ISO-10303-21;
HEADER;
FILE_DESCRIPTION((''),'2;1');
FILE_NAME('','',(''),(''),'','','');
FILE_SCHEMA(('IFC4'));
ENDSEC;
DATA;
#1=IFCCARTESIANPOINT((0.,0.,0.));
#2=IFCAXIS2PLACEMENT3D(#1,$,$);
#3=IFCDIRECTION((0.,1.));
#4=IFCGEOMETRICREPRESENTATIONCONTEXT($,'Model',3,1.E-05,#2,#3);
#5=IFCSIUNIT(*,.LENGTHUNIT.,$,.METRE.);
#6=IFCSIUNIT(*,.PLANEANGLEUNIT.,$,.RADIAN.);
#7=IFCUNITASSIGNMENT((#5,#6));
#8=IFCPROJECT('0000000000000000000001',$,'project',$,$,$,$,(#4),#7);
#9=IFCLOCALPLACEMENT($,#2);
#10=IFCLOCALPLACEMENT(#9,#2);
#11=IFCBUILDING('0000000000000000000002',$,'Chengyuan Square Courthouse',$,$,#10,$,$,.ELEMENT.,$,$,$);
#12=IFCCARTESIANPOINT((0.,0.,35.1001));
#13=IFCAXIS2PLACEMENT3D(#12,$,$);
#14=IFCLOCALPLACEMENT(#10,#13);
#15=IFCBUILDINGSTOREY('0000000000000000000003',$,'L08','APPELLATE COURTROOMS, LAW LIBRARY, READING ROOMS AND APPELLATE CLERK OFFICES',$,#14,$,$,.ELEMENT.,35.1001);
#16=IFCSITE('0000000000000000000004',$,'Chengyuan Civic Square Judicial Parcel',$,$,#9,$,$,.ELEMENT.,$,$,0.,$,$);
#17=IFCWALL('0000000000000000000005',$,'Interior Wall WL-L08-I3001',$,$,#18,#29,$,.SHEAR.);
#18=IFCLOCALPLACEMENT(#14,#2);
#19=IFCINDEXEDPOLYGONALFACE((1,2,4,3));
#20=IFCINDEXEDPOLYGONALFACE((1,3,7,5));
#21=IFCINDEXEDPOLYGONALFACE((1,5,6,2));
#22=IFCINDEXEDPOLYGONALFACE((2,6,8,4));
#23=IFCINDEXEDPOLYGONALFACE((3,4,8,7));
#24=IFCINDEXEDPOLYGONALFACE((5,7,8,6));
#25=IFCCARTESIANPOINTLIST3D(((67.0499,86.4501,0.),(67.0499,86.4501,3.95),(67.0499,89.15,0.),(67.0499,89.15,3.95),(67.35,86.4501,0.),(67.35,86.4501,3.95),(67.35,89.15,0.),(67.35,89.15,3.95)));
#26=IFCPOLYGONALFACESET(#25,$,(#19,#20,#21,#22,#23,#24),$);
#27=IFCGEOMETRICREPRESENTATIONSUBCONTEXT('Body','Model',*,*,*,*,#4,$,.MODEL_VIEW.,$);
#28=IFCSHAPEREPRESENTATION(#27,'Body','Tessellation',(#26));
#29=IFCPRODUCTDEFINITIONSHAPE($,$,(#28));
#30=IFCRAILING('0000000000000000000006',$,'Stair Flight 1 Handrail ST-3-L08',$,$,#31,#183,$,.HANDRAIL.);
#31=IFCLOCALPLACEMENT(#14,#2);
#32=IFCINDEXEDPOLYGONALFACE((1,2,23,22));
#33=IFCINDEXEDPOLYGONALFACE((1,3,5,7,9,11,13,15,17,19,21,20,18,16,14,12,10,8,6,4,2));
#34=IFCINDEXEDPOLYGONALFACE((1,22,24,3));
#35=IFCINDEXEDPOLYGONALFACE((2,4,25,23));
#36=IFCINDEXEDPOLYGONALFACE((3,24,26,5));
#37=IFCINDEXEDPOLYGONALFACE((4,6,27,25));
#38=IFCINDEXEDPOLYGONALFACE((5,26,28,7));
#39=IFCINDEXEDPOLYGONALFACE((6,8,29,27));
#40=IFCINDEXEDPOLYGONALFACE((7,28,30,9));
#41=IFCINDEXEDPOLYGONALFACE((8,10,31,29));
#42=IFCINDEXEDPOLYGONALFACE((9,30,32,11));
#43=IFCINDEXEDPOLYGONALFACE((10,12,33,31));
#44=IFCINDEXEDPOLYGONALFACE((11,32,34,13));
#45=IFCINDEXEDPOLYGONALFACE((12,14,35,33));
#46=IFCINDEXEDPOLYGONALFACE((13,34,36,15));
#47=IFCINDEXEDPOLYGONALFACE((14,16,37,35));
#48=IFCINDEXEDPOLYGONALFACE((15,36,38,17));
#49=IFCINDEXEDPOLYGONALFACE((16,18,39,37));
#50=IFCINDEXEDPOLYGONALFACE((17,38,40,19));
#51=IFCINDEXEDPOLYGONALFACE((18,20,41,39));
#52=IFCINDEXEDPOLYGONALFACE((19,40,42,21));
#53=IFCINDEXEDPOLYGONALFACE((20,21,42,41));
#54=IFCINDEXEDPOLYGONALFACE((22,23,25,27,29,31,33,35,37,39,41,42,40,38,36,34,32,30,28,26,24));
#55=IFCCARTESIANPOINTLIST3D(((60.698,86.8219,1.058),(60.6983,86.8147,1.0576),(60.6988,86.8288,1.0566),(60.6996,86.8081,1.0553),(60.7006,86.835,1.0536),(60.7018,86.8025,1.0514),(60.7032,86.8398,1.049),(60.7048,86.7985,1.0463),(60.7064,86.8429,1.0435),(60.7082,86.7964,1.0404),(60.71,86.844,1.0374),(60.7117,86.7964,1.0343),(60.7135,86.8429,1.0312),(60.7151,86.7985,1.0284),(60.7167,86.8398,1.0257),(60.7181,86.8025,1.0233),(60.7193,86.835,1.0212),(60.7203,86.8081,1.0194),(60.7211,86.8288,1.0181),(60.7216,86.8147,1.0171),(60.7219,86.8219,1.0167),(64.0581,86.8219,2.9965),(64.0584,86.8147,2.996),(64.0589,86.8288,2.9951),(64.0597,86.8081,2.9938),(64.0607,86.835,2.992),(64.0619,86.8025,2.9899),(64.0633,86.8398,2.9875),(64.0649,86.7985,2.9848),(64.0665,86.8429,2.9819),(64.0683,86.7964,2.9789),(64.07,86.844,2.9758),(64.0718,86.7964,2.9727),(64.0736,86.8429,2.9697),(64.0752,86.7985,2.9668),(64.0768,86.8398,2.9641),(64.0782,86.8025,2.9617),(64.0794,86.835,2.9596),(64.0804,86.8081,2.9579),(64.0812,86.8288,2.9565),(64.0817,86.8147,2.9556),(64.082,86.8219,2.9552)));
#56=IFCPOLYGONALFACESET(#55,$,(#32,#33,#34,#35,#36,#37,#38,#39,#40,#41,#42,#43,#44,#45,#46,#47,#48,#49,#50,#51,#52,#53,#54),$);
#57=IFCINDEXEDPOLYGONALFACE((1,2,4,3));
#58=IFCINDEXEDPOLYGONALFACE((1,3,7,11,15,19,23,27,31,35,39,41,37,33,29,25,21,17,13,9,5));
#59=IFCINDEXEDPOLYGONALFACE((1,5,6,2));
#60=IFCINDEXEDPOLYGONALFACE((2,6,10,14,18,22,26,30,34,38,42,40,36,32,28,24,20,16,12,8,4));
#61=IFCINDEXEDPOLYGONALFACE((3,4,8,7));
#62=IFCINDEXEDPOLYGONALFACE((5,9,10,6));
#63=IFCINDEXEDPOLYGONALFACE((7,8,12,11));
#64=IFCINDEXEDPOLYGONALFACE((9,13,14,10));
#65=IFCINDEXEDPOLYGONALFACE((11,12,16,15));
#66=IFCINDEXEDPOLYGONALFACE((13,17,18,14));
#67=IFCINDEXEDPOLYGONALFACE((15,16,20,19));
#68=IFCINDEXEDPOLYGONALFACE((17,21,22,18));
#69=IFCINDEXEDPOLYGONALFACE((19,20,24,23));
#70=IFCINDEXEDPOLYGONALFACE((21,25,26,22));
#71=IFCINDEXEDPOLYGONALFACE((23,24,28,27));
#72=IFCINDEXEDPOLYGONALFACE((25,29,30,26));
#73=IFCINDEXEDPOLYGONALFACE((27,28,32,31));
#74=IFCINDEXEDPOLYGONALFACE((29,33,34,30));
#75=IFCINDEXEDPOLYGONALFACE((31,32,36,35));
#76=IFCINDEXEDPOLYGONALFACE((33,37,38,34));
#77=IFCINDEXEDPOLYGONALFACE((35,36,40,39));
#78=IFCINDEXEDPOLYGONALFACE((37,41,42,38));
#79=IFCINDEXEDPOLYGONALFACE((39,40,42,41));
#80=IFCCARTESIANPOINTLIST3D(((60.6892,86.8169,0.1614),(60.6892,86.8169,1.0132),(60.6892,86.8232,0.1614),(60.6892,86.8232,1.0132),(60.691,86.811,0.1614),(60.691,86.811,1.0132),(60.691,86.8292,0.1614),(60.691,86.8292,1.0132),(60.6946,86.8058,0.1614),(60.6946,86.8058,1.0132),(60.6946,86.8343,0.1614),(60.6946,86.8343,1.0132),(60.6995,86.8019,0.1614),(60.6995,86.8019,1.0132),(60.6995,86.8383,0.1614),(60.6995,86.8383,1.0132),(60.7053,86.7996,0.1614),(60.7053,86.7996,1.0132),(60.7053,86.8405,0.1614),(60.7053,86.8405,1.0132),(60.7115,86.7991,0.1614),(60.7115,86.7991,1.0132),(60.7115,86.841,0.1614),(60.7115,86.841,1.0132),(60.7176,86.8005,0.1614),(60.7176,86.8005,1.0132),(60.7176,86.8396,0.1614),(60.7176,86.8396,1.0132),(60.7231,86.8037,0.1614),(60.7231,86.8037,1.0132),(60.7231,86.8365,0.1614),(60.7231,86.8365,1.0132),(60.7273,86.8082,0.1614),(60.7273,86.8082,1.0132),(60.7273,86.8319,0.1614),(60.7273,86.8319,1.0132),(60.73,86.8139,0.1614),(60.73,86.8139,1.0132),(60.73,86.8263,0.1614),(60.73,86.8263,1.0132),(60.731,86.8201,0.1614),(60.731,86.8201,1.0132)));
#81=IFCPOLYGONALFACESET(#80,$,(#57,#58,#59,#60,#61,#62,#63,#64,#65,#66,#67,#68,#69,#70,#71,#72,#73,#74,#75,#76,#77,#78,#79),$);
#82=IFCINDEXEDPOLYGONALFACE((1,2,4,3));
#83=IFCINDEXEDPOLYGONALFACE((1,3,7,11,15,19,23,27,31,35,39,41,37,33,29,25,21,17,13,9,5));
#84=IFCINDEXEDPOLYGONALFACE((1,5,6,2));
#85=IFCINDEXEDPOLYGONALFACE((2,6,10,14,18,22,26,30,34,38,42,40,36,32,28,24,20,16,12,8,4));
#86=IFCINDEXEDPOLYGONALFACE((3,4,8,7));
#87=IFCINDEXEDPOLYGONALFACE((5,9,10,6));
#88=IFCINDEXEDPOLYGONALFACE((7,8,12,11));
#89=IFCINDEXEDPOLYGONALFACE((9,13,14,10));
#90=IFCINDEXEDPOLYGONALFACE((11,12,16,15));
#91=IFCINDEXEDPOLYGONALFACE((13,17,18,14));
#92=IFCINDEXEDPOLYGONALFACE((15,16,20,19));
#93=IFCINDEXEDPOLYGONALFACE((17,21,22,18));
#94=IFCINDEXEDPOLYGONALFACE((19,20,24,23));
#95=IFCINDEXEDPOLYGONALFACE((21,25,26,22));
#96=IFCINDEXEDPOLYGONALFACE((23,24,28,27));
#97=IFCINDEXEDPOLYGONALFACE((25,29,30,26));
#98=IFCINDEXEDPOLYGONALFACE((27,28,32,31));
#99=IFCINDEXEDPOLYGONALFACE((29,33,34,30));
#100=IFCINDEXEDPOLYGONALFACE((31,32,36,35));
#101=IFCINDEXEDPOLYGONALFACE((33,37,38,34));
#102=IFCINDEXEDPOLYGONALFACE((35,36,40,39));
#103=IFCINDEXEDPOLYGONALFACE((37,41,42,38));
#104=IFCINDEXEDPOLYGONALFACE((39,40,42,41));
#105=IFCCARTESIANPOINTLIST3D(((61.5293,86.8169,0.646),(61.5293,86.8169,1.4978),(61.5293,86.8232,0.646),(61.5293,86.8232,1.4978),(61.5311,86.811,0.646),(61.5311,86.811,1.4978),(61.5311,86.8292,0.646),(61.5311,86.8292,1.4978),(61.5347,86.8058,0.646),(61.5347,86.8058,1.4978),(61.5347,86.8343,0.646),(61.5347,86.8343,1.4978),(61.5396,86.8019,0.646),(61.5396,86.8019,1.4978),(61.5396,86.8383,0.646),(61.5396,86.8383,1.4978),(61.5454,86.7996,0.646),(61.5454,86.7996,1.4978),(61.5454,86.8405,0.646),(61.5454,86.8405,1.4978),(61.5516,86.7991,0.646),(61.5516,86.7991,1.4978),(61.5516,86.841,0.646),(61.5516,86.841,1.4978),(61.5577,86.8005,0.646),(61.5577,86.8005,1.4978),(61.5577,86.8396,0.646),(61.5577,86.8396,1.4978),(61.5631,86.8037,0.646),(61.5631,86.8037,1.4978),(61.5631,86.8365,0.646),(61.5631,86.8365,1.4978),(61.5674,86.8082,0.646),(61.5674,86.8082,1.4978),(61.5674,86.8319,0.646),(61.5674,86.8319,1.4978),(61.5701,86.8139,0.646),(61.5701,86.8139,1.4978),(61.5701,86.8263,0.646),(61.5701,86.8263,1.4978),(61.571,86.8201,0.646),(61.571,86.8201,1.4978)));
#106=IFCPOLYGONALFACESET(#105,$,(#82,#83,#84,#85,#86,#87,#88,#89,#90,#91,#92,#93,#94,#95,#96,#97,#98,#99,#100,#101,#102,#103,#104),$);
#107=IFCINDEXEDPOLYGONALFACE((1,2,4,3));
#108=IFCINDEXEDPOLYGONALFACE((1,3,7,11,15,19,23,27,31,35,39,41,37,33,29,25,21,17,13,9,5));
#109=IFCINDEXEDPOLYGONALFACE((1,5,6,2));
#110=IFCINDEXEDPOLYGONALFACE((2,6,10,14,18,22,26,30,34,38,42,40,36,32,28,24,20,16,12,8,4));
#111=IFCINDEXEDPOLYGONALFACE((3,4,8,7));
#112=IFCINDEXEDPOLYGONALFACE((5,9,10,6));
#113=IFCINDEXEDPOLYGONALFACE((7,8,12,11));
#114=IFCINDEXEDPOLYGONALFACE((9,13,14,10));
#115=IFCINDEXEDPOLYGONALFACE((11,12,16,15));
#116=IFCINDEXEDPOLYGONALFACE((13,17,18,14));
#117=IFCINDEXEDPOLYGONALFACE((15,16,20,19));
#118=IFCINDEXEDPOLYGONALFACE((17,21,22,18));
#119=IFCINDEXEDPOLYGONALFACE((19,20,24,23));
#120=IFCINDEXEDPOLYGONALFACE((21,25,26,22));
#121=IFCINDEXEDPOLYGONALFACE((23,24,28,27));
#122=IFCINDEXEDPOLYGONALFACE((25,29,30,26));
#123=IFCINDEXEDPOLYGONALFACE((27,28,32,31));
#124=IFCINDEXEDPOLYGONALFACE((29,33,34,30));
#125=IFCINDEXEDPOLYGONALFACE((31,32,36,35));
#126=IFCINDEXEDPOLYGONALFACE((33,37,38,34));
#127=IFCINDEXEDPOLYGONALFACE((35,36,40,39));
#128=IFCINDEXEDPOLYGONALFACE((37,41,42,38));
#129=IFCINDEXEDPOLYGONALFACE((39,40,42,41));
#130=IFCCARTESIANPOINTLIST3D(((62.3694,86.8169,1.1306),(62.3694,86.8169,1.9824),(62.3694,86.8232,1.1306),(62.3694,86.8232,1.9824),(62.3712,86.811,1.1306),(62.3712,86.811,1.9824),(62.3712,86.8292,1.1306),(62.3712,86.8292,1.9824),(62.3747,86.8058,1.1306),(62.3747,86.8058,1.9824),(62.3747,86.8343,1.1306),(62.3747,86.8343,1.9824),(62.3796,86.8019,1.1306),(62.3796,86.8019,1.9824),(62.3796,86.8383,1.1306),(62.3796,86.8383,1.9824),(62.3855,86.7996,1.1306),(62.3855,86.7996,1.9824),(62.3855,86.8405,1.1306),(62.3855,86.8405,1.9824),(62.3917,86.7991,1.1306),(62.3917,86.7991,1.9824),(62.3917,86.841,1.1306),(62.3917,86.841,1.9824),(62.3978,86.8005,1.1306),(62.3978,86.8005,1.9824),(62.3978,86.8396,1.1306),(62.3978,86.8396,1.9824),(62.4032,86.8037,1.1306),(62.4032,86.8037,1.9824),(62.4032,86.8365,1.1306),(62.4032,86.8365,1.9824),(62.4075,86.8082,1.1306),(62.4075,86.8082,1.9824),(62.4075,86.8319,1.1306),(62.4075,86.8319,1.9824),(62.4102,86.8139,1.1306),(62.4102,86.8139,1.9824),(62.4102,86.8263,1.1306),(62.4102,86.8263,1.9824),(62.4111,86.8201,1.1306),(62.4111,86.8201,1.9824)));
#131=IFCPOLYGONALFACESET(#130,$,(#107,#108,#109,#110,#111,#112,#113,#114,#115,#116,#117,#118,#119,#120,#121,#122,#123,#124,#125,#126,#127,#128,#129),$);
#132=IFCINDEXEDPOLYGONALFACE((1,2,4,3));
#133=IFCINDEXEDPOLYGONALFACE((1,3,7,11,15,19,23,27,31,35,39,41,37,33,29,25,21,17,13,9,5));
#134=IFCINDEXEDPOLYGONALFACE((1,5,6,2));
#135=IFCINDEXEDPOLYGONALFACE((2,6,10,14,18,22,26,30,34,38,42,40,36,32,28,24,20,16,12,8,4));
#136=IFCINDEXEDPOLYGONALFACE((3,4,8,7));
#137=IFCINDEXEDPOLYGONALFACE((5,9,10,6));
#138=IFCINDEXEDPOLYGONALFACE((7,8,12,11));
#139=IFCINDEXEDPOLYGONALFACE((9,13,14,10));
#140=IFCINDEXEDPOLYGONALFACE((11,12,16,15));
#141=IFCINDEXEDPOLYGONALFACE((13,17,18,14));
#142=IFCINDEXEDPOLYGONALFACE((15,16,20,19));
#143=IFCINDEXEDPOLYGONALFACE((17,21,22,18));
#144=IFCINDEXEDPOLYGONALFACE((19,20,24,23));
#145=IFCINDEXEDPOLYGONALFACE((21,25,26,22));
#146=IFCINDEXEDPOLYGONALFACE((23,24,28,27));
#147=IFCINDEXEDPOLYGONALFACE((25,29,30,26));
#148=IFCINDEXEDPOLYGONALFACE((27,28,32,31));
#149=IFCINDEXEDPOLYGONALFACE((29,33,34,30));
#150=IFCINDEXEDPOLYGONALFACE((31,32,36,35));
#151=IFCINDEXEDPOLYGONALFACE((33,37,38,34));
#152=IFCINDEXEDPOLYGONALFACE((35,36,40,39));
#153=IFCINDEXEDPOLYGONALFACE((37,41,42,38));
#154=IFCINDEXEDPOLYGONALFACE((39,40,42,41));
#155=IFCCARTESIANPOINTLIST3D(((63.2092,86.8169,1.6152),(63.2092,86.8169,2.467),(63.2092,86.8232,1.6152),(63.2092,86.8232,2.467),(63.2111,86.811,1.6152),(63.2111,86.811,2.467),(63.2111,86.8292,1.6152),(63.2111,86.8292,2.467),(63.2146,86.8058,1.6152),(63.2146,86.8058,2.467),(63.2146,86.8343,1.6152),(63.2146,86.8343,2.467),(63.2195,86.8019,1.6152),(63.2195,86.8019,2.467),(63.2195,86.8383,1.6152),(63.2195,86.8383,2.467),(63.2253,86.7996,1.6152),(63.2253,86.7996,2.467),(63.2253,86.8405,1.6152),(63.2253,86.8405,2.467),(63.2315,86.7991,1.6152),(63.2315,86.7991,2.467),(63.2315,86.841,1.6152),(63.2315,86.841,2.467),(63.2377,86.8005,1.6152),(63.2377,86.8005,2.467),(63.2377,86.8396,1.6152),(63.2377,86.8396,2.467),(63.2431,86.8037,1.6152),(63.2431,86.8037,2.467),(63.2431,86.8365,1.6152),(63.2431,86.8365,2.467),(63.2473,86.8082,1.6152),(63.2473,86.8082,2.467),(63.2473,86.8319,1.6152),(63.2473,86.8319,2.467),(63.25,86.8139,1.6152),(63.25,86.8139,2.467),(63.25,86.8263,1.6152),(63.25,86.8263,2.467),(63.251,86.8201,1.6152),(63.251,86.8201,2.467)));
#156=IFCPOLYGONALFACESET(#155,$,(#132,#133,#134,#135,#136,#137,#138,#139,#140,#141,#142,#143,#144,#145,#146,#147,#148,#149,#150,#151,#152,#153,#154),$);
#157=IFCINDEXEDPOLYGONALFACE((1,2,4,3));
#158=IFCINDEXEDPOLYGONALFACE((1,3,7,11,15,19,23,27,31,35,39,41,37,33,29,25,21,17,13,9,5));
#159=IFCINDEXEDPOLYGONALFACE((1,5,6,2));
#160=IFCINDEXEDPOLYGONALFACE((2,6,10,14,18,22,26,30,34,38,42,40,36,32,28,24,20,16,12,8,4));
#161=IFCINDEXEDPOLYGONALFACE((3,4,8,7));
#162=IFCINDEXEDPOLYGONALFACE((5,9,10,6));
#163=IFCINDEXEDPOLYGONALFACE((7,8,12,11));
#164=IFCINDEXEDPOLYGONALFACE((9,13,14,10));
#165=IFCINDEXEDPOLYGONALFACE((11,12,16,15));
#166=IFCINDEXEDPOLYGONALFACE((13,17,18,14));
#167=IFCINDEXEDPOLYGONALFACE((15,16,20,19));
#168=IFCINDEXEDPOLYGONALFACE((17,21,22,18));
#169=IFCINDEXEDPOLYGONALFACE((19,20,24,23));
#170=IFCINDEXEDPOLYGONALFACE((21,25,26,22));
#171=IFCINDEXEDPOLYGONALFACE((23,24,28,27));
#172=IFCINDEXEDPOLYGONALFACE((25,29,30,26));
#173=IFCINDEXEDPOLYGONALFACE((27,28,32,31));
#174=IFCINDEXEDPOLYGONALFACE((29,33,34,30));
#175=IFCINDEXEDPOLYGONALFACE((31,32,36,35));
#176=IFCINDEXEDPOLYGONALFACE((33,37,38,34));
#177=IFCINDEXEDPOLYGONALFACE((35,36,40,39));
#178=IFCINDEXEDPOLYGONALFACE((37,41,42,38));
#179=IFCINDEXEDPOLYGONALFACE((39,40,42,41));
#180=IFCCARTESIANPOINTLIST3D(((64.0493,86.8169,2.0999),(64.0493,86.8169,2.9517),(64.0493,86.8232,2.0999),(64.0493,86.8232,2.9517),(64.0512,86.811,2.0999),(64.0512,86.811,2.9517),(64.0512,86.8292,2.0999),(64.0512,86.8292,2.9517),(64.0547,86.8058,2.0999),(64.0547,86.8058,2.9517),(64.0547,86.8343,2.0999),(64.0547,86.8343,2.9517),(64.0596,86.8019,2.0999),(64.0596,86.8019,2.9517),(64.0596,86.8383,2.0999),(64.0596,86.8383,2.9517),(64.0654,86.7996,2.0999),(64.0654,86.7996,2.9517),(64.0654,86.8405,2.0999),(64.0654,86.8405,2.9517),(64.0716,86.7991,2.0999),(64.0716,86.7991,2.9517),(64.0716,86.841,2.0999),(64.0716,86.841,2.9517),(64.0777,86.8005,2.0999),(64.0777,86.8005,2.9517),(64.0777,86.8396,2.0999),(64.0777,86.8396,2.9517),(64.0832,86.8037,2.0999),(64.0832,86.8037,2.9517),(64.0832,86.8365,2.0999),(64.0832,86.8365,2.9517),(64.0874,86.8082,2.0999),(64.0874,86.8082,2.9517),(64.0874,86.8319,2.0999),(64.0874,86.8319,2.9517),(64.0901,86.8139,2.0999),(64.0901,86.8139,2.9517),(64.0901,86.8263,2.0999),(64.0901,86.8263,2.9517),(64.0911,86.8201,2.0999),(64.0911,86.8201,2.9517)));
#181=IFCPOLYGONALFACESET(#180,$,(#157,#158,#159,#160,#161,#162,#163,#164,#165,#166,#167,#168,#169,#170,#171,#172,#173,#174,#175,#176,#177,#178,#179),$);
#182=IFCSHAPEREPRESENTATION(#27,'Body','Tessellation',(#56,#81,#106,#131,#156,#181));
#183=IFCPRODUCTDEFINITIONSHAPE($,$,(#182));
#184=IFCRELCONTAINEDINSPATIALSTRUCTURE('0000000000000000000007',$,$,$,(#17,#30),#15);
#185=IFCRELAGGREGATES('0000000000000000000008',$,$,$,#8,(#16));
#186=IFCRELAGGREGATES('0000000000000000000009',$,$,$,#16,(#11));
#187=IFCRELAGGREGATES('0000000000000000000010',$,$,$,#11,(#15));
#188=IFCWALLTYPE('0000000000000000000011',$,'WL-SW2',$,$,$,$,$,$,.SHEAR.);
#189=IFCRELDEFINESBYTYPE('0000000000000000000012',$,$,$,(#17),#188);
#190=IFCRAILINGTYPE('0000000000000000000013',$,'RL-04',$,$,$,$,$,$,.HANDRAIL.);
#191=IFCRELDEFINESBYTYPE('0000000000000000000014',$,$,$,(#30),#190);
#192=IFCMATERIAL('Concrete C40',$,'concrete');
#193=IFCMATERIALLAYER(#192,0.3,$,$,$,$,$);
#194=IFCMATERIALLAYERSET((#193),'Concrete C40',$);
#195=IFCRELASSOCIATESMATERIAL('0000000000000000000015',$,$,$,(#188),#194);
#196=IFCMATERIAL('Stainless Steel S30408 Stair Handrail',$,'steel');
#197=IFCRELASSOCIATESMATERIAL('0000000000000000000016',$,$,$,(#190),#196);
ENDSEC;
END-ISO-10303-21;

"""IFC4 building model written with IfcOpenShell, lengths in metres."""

from ifc_helpers import new_model, si_unit, direction, frame, frame_2d, origin, origin_2d, place, context, subcontext, project, spatial, rectangle, circle, extrude, material, layer, layer_set, type_object, element, save


model = new_model("IFC4")

# Units and contexts
model_context = context("Model", 3, precision=1e-05, world=origin(), true_north=direction((0.0, 1.0)))
body_context = subcontext(model_context, "Body", "Model", "MODEL_VIEW")
ifc_project = project(units=[si_unit("LENGTHUNIT", "METRE"), si_unit("PLANEANGLEUNIT", "RADIAN")], contexts=[model_context])

# Site, building, storey
site_placement = place(None, origin())
site = spatial("IfcSite", under=ifc_project, at=site_placement, Name="Chengyuan Civic Square Judicial Parcel", CompositionType="ELEMENT", RefElevation=0.0)
building_placement = place(site_placement, origin())
building = spatial("IfcBuilding", under=site, at=building_placement, Name="Chengyuan Square Courthouse", CompositionType="ELEMENT")
storey_placement = place(building_placement, frame((0.0, 0.0, 35.1001)))
storey = spatial("IfcBuildingStorey", under=building, at=storey_placement, Name="L08", Description="APPELLATE COURTROOMS, LAW LIBRARY, READING ROOMS AND APPELLATE CLERK OFFICES", CompositionType="ELEMENT", Elevation=35.1001)

# Shared definitions
ifc_material_1 = material(Name="Concrete C40", Category="concrete")

# Wall
ifc_layer_1 = layer(ifc_material_1, 0.3)
ifc_layer_set_1 = layer_set([ifc_layer_1], Name="Concrete C40")
wall_type_1 = type_object("IfcWallType", Name="WL-SW2", PredefinedType="SHEAR", material=ifc_layer_set_1)
wall_1_placement = place(storey_placement, frame((67.2, 86.45, 0.0), z_axis=(0.0, 0.0, 1.0), x_axis=(0.0, 1.0, 0.0)))
element("IfcWall", 1, at=wall_1_placement, inside=storey, type_object=wall_type_1, Name="Interior Wall WL-L08-I3001", PredefinedType="SHEAR", context=body_context, shape_type="SweptSolid", body=[
    extrude(rectangle(XDim=2.7, YDim=0.3, at=frame_2d((1.3501, 0.0))), origin(), (0.0, 0.0, 1.0), 3.95),
])

# Railing
ifc_material_2 = material(Name="Stainless Steel S30408 Stair Handrail", Category="steel")
railing_type = type_object("IfcRailingType", Name="RL-04", PredefinedType="HANDRAIL", material=ifc_material_2)
railing_placement = place(storey_placement, frame((60.71, 86.8201, 0.1614)))
element("IfcRailing", 2, at=railing_placement, inside=storey, type_object=railing_type, Name="Stair Flight 1 Handrail ST-3-L08", PredefinedType="HANDRAIL", context=body_context, shape_type="SweptSolid", body=[
    extrude(circle(Radius=0.0239, at=origin_2d()), frame((0.0, 0.0, 0.876), z_axis=(0.866191, 0.0, 0.499713), x_axis=(0.0, 1.0, 0.0)), (0.0, 0.0, 1.0), 3.8792),
    extrude(circle(Radius=0.021, at=origin_2d()), origin(), (0.0, 0.0, 1.0), 0.8518),
    extrude(circle(Radius=0.021, at=origin_2d()), frame((0.8401, 0.0, 0.4846)), (0.0, 0.0, 1.0), 0.8518),
    extrude(circle(Radius=0.021, at=origin_2d()), frame((1.6802, 0.0, 0.9692)), (0.0, 0.0, 1.0), 0.8518),
    extrude(circle(Radius=0.021, at=origin_2d()), frame((2.52, 0.0, 1.4539)), (0.0, 0.0, 1.0), 0.8518),
    extrude(circle(Radius=0.021, at=origin_2d()), frame((3.3601, 0.0, 1.9385)), (0.0, 0.0, 1.0), 0.8518),
])

save(model, "model.ifc")
